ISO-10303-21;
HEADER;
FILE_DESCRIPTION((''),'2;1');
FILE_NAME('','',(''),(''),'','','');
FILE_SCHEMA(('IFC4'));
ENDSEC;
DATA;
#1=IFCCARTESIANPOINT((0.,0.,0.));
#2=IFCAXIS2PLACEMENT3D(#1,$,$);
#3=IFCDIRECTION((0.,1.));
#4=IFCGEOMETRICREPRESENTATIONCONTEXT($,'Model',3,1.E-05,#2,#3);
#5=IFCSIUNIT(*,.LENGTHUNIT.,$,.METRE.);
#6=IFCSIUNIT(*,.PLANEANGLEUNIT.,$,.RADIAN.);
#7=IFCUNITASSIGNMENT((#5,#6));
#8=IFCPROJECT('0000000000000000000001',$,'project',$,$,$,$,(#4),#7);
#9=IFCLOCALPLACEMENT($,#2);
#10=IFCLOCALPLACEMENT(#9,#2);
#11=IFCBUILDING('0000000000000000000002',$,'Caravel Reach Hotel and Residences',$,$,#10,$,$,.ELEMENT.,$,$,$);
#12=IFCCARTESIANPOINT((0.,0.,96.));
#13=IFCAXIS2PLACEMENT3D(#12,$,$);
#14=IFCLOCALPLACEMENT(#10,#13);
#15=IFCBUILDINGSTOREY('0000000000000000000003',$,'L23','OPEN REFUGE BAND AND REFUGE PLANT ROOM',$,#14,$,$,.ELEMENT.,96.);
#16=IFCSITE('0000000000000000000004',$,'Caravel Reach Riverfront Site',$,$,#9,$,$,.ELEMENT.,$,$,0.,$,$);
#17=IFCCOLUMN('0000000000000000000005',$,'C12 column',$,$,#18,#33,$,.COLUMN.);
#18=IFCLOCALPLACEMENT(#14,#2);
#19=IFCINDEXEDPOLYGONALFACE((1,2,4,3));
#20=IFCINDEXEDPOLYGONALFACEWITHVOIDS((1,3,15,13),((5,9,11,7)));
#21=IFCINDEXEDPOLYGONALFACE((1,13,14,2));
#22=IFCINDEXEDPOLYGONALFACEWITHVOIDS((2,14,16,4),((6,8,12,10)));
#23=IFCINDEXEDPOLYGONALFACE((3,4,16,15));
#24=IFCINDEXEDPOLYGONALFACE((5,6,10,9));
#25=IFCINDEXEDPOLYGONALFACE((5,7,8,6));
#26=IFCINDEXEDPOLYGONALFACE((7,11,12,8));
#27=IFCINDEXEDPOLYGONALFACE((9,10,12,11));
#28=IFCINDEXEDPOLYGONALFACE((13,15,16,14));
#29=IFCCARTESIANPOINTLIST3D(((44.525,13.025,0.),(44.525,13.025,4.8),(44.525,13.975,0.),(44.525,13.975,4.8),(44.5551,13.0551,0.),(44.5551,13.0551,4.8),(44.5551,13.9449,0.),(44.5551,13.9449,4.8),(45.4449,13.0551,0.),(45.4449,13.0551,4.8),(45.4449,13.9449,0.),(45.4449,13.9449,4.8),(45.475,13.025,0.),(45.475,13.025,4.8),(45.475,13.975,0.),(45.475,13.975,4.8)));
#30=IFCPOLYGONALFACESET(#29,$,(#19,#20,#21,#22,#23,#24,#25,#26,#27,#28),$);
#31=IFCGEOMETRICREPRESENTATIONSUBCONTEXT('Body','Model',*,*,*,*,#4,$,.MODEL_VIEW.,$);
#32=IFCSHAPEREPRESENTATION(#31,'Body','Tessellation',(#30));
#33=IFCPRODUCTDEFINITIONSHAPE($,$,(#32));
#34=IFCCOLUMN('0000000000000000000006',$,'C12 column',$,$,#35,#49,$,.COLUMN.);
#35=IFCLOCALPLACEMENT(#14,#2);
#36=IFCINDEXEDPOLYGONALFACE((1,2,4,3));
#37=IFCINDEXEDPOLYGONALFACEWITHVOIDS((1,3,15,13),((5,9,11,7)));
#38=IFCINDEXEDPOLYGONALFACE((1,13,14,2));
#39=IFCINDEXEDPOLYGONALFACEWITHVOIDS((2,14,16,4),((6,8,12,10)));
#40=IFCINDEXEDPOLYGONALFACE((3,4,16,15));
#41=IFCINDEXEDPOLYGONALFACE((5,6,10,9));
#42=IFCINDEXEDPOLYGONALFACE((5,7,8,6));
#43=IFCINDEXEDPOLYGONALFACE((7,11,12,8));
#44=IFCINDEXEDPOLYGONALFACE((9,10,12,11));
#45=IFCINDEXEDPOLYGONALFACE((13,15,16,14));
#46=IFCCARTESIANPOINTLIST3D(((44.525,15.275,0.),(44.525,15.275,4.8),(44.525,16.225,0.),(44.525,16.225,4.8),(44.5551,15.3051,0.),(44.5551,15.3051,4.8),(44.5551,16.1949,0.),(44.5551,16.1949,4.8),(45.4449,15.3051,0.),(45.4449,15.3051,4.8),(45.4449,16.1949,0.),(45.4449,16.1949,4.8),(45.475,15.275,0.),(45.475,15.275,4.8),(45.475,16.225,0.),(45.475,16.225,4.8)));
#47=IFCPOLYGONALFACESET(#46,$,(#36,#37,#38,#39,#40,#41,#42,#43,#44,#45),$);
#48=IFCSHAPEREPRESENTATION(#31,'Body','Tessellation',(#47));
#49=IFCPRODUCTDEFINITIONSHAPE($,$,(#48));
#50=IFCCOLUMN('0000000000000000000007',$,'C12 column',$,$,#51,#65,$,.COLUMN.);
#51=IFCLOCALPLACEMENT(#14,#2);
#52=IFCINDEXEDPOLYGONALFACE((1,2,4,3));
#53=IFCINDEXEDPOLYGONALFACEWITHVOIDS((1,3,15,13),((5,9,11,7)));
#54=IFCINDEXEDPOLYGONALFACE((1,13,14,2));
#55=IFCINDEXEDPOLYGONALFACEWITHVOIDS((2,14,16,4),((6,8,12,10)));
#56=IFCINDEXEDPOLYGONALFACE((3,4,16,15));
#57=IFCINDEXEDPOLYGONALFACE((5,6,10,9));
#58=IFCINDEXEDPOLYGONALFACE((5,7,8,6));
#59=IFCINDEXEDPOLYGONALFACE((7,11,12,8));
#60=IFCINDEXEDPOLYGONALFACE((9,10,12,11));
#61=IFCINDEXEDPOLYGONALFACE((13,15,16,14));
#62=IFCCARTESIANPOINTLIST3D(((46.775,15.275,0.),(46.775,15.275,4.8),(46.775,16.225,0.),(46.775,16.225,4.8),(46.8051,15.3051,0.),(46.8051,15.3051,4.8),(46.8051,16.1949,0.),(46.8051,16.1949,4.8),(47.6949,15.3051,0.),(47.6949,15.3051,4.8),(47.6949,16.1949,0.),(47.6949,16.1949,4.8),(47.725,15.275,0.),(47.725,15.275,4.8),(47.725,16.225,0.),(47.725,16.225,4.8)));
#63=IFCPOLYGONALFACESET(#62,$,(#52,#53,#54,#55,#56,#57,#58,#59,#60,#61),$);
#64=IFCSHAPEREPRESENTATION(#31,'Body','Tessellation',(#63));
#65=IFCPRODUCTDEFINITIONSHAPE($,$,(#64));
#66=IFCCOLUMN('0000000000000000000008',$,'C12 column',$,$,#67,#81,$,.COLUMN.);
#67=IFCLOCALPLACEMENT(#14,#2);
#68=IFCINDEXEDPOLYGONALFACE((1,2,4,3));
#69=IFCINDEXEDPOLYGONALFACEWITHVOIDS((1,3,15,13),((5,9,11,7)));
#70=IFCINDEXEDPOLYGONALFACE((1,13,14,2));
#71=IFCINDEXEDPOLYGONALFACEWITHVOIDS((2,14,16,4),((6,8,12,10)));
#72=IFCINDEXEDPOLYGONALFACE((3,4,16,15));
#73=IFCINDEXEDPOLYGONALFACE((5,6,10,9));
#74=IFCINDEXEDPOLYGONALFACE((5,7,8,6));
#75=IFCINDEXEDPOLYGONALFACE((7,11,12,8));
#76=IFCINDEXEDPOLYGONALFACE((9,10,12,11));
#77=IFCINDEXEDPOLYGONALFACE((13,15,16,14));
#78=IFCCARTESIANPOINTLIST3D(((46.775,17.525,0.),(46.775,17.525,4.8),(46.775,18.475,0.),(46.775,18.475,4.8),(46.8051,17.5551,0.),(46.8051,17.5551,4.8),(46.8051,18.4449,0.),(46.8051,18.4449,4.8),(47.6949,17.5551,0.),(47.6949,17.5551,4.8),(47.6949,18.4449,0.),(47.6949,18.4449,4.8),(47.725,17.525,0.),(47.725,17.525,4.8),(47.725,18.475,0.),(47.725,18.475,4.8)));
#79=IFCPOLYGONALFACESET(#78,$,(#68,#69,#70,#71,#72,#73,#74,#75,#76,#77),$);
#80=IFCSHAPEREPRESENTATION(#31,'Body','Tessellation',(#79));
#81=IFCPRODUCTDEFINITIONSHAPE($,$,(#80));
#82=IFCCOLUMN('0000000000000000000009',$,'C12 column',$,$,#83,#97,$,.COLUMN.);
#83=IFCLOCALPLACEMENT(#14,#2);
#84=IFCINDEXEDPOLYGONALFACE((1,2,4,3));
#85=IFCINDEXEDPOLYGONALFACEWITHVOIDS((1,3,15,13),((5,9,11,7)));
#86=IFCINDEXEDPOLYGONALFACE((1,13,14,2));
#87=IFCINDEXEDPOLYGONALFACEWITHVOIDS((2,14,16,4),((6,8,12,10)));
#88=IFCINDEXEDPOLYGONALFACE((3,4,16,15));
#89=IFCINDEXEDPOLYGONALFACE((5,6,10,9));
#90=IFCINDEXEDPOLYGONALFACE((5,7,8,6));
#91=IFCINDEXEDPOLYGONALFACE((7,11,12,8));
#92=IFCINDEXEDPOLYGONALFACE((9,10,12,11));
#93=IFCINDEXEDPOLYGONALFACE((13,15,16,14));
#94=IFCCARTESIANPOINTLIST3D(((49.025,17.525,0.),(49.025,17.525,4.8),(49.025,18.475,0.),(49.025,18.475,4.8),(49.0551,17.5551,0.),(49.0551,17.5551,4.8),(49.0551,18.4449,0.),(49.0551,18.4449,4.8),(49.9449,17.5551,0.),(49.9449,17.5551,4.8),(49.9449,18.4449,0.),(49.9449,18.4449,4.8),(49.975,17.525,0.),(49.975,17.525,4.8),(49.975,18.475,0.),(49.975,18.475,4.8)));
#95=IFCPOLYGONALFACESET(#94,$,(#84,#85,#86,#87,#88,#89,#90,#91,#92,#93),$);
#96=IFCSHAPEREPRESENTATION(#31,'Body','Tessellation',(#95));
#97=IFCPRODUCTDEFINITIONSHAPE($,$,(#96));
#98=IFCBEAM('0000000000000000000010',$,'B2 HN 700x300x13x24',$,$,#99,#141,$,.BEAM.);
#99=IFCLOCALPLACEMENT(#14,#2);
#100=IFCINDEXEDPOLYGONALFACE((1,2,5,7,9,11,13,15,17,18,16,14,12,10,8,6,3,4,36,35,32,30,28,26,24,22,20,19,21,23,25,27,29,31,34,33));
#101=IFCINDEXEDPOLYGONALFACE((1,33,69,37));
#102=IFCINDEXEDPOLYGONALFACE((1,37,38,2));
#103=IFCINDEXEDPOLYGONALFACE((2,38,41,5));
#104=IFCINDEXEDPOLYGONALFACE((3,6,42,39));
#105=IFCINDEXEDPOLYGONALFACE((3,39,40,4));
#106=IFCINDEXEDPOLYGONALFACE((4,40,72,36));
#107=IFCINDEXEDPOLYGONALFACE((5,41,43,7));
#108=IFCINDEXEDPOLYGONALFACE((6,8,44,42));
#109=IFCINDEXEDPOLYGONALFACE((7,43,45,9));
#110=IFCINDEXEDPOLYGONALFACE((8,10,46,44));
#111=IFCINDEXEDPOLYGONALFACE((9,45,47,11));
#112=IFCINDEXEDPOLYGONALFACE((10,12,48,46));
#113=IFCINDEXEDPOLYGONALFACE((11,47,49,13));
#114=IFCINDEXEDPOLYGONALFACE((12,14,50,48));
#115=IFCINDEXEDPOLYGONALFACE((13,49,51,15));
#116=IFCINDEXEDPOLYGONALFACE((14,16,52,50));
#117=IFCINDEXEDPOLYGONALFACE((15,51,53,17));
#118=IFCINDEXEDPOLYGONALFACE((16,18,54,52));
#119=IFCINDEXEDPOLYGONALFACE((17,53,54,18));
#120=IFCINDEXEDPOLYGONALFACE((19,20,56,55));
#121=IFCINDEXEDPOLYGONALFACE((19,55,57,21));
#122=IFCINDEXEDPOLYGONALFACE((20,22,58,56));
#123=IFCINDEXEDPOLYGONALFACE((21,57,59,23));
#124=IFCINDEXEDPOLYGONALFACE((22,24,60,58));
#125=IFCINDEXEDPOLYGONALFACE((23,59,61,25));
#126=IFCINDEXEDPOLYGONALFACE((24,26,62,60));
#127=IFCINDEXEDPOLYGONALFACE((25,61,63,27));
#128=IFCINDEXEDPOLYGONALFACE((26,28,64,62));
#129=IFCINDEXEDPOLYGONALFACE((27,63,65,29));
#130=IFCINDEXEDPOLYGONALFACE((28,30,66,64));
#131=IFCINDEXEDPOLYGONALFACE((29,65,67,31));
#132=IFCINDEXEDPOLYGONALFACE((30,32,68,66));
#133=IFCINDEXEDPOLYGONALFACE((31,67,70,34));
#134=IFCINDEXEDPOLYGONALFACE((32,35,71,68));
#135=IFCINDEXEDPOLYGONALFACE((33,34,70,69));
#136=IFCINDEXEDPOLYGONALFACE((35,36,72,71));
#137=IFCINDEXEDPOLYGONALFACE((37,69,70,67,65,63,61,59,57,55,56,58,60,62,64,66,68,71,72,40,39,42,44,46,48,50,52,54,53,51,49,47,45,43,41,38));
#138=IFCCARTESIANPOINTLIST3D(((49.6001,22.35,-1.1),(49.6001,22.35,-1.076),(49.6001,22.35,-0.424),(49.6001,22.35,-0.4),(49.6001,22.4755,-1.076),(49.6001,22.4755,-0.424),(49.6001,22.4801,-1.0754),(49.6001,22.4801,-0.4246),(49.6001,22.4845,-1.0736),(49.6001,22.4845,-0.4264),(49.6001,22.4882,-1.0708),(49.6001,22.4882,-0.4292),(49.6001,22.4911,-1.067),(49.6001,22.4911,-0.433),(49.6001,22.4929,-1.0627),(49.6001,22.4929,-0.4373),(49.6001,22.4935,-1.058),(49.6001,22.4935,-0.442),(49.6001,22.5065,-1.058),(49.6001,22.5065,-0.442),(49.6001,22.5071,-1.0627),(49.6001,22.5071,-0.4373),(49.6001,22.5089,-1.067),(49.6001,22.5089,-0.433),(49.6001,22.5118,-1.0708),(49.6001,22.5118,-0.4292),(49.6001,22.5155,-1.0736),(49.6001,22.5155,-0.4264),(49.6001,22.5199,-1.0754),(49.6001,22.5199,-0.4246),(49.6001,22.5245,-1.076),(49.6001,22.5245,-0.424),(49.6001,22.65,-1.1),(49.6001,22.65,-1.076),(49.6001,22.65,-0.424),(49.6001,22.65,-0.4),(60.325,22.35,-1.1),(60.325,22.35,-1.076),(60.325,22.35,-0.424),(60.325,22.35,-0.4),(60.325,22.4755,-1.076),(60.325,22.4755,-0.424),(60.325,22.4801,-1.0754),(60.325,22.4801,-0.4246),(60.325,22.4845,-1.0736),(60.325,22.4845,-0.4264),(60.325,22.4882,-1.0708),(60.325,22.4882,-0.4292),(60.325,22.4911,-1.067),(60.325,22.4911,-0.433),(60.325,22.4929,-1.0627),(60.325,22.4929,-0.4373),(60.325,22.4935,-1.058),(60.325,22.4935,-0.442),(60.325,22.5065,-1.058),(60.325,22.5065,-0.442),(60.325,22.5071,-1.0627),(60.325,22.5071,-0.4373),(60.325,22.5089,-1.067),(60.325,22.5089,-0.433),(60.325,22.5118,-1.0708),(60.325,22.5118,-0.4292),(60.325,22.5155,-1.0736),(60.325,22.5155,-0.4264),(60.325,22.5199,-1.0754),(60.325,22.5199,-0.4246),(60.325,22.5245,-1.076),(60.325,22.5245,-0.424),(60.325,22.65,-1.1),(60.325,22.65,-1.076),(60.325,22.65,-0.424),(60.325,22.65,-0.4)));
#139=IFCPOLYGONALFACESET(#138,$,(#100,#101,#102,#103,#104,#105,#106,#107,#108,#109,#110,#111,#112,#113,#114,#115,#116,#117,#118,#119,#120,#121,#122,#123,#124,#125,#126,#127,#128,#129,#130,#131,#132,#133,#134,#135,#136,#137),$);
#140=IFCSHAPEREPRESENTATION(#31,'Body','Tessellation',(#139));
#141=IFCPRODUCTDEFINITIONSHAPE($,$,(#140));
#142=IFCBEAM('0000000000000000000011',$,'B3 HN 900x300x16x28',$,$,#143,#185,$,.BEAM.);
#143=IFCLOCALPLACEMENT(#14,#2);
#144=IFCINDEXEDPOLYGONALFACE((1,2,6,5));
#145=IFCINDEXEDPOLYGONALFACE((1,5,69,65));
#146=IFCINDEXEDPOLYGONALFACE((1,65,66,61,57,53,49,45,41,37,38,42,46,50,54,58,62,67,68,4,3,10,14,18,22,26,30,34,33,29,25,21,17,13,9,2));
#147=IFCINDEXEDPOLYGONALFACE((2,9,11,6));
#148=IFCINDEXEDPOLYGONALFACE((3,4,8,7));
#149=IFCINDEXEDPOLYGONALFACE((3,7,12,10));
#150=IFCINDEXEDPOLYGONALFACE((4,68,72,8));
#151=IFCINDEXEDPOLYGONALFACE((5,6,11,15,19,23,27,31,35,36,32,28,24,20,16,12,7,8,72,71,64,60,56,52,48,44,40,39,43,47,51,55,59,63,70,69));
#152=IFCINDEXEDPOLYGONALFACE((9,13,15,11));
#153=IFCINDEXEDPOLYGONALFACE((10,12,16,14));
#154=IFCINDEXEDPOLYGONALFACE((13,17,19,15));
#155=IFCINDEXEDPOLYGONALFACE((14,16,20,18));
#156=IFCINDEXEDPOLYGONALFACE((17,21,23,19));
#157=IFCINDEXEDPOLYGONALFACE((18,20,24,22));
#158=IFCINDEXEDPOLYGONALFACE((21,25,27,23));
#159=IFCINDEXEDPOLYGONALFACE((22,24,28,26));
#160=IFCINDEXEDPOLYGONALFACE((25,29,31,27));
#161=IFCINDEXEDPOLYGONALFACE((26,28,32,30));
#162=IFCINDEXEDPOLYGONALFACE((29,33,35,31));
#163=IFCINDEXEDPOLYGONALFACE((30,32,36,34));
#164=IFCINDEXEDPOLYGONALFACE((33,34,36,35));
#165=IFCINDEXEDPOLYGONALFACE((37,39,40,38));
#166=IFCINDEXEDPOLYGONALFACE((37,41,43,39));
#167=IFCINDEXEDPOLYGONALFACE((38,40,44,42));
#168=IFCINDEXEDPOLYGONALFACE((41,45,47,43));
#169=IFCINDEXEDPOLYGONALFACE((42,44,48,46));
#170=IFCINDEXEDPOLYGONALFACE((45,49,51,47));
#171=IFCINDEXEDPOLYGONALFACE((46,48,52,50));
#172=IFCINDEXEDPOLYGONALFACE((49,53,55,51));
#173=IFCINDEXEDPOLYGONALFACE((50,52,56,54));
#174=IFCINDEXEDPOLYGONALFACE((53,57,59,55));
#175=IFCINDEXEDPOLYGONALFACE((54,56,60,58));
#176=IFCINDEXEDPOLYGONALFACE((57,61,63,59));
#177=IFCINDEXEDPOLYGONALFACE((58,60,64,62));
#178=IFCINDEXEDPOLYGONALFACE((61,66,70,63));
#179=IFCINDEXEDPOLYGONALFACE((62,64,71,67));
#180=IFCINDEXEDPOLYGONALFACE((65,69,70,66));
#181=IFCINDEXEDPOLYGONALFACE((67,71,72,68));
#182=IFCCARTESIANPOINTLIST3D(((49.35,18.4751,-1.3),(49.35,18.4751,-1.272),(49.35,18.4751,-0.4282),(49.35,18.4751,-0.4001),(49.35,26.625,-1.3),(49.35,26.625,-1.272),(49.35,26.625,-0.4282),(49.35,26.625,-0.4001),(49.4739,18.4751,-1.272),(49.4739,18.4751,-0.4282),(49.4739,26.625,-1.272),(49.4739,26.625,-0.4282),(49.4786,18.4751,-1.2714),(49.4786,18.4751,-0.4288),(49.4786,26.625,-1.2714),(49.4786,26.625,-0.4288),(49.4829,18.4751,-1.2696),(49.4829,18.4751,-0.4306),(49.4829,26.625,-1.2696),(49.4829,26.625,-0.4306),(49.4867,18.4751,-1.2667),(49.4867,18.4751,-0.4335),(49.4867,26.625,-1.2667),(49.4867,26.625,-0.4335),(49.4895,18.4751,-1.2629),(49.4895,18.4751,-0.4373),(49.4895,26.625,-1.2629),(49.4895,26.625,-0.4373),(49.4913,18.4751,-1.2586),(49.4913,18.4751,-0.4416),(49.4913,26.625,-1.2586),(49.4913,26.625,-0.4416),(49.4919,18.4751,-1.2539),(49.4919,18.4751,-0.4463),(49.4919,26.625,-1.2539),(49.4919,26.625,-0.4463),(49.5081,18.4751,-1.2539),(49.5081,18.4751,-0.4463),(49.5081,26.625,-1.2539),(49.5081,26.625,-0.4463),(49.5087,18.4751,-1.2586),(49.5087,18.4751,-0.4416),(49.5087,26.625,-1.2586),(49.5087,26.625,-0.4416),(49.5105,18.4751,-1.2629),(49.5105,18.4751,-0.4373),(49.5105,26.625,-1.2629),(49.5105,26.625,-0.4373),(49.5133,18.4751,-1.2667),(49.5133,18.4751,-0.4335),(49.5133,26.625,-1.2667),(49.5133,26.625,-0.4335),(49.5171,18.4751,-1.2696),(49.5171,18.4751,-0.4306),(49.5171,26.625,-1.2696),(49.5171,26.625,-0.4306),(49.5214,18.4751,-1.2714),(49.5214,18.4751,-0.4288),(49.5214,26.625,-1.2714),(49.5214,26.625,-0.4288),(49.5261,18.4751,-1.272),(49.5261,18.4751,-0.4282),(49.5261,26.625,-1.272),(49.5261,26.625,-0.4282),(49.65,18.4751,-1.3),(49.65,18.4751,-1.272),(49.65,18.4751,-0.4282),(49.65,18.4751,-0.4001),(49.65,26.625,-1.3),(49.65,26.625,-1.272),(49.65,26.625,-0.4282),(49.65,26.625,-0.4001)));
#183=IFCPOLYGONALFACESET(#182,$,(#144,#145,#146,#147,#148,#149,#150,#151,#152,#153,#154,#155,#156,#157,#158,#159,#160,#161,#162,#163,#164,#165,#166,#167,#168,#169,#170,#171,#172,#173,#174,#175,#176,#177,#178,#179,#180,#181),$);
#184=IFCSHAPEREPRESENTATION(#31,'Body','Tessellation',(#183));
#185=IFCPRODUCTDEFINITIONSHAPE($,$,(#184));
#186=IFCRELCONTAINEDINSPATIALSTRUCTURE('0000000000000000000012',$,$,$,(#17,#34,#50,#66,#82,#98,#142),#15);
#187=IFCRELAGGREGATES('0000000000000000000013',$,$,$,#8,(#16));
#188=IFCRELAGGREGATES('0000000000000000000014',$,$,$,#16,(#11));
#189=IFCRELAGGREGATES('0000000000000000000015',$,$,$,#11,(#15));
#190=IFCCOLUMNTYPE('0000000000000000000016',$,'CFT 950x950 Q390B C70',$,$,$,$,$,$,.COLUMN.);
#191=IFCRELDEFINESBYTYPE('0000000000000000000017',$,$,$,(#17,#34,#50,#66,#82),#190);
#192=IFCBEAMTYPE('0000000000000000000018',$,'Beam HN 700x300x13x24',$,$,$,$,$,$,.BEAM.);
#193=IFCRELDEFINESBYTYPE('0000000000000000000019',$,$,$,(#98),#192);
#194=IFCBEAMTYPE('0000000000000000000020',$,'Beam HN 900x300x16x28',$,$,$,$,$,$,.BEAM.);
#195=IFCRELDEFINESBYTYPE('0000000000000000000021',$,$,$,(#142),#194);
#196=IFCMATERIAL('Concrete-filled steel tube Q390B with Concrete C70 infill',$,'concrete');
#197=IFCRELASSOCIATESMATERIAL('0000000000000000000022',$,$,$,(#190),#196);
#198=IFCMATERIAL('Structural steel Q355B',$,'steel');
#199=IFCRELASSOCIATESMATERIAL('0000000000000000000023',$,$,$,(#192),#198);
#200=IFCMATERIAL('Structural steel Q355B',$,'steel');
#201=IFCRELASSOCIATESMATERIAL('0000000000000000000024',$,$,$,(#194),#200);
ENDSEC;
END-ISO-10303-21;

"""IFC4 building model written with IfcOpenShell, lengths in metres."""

from ifc_helpers import new_model, si_unit, direction, frame, origin, origin_2d, place, context, subcontext, project, spatial, hollow_rectangle, i_section, extrude, material, material_profile, profile_set, type_object, element, save


model = new_model("IFC4")

# Units and contexts
model_context = context("Model", 3, precision=1e-05, world=origin(), true_north=direction((0.0, 1.0)))
body_context = subcontext(model_context, "Body", "Model", "MODEL_VIEW")
ifc_project = project(units=[si_unit("LENGTHUNIT", "METRE"), si_unit("PLANEANGLEUNIT", "RADIAN")], contexts=[model_context])

# Site, building, storey
site_placement = place(None, origin())
site = spatial("IfcSite", under=ifc_project, at=site_placement, Name="Caravel Reach Riverfront Site", CompositionType="ELEMENT", RefElevation=0.0)
building_placement = place(site_placement, origin())
building = spatial("IfcBuilding", under=site, at=building_placement, Name="Caravel Reach Hotel and Residences", CompositionType="ELEMENT")
storey_placement = place(building_placement, frame((0.0, 0.0, 96.0)))
storey = spatial("IfcBuildingStorey", under=building, at=storey_placement, Name="L23", Description="OPEN REFUGE BAND AND REFUGE PLANT ROOM", CompositionType="ELEMENT", Elevation=96.0)

# Columns
ifc_material_1 = material(Name="Concrete-filled steel tube Q390B with Concrete C70 infill", Category="concrete")
ifc_material_profile_1 = material_profile(ifc_material_1, hollow_rectangle(XDim=0.95, YDim=0.95, WallThickness=0.03, at=origin_2d()), Name="RHS 950x950x30")
ifc_profile_set_1 = profile_set([ifc_material_profile_1], Name="Concrete-filled steel tube Q390B with Concrete C70 infill")
column_type = type_object("IfcColumnType", Name="CFT 950x950 Q390B C70", PredefinedType="COLUMN", material=ifc_profile_set_1)
for number, where, z_axis, x_axis, name in (
    (1, (45.0, 13.5, 0.0), (0.0, 0.0, 1.0), (1.0, 0.0, 0.0), "C12 column"),
    (2, (45.0, 15.75, 0.0), (0.0, 0.0, 1.0), (1.0, 0.0, 0.0), "C12 column"),
    (3, (47.25, 15.75, 0.0), (0.0, 0.0, 1.0), (1.0, 0.0, 0.0), "C12 column"),
    (4, (47.25, 18.0, 0.0), (0.0, 0.0, 1.0), (1.0, 0.0, 0.0), "C12 column"),
    (5, (49.5, 18.0, 0.0), (0.0, 0.0, 1.0), (1.0, 0.0, 0.0), "C12 column"),
):
    element("IfcColumn", number, at=place(storey_placement, frame(where, z_axis=z_axis, x_axis=x_axis)), inside=storey, type_object=column_type, Name=name, PredefinedType="COLUMN", context=body_context, shape_type="SweptSolid", body=[
        extrude(hollow_rectangle(XDim=0.95, YDim=0.95, WallThickness=0.03, at=origin_2d()), origin(), (0.0, 0.0, 1.0), 4.8),
    ])

# Beams
ifc_material_2 = material(Name="Structural steel Q355B", Category="steel")
ifc_material_profile_2 = material_profile(ifc_material_2, i_section(OverallWidth=0.3, OverallDepth=0.7, WebThickness=0.0129, FlangeThickness=0.0239, FilletRadius=0.0181, at=origin_2d()), Name="HN 700x300x13x24")
ifc_profile_set_2 = profile_set([ifc_material_profile_2], Name="Structural steel Q355B")
beam_type_1 = type_object("IfcBeamType", Name="Beam HN 700x300x13x24", PredefinedType="BEAM", material=ifc_profile_set_2)
beam_1_placement = place(storey_placement, frame((49.6001, 22.5, -0.75), z_axis=(1.0, 0.0, 0.0), x_axis=(0.0, 1.0, 0.0)))
element("IfcBeam", 6, at=beam_1_placement, inside=storey, type_object=beam_type_1, Name="B2 HN 700x300x13x24", PredefinedType="BEAM", context=body_context, shape_type="SweptSolid", body=[
    extrude(i_section(OverallWidth=0.3, OverallDepth=0.7, WebThickness=0.0129, FlangeThickness=0.0239, FilletRadius=0.0181, at=origin_2d()), origin(), (0.0, 0.0, 1.0), 10.7249),
])
ifc_material_3 = material(Name="Structural steel Q355B", Category="steel")
ifc_material_profile_3 = material_profile(ifc_material_3, i_section(OverallWidth=0.3, OverallDepth=0.8999, WebThickness=0.0161, FlangeThickness=0.0281, FilletRadius=0.0181, at=origin_2d()), Name="HN 900x300x16x28")
ifc_profile_set_3 = profile_set([ifc_material_profile_3], Name="Structural steel Q355B")
beam_type_2 = type_object("IfcBeamType", Name="Beam HN 900x300x16x28", PredefinedType="BEAM", material=ifc_profile_set_3)
beam_2_placement = place(storey_placement, frame((49.5, 18.4751, -0.8501), z_axis=(0.0, 1.0, 0.0), x_axis=(-1.0, 0.0, 0.0)))
element("IfcBeam", 7, at=beam_2_placement, inside=storey, type_object=beam_type_2, Name="B3 HN 900x300x16x28", PredefinedType="BEAM", context=body_context, shape_type="SweptSolid", body=[
    extrude(i_section(OverallWidth=0.3, OverallDepth=0.8999, WebThickness=0.0161, FlangeThickness=0.0281, FilletRadius=0.0181, at=origin_2d()), origin(), (0.0, 0.0, 1.0), 8.1499),
])

save(model, "model.ifc")
